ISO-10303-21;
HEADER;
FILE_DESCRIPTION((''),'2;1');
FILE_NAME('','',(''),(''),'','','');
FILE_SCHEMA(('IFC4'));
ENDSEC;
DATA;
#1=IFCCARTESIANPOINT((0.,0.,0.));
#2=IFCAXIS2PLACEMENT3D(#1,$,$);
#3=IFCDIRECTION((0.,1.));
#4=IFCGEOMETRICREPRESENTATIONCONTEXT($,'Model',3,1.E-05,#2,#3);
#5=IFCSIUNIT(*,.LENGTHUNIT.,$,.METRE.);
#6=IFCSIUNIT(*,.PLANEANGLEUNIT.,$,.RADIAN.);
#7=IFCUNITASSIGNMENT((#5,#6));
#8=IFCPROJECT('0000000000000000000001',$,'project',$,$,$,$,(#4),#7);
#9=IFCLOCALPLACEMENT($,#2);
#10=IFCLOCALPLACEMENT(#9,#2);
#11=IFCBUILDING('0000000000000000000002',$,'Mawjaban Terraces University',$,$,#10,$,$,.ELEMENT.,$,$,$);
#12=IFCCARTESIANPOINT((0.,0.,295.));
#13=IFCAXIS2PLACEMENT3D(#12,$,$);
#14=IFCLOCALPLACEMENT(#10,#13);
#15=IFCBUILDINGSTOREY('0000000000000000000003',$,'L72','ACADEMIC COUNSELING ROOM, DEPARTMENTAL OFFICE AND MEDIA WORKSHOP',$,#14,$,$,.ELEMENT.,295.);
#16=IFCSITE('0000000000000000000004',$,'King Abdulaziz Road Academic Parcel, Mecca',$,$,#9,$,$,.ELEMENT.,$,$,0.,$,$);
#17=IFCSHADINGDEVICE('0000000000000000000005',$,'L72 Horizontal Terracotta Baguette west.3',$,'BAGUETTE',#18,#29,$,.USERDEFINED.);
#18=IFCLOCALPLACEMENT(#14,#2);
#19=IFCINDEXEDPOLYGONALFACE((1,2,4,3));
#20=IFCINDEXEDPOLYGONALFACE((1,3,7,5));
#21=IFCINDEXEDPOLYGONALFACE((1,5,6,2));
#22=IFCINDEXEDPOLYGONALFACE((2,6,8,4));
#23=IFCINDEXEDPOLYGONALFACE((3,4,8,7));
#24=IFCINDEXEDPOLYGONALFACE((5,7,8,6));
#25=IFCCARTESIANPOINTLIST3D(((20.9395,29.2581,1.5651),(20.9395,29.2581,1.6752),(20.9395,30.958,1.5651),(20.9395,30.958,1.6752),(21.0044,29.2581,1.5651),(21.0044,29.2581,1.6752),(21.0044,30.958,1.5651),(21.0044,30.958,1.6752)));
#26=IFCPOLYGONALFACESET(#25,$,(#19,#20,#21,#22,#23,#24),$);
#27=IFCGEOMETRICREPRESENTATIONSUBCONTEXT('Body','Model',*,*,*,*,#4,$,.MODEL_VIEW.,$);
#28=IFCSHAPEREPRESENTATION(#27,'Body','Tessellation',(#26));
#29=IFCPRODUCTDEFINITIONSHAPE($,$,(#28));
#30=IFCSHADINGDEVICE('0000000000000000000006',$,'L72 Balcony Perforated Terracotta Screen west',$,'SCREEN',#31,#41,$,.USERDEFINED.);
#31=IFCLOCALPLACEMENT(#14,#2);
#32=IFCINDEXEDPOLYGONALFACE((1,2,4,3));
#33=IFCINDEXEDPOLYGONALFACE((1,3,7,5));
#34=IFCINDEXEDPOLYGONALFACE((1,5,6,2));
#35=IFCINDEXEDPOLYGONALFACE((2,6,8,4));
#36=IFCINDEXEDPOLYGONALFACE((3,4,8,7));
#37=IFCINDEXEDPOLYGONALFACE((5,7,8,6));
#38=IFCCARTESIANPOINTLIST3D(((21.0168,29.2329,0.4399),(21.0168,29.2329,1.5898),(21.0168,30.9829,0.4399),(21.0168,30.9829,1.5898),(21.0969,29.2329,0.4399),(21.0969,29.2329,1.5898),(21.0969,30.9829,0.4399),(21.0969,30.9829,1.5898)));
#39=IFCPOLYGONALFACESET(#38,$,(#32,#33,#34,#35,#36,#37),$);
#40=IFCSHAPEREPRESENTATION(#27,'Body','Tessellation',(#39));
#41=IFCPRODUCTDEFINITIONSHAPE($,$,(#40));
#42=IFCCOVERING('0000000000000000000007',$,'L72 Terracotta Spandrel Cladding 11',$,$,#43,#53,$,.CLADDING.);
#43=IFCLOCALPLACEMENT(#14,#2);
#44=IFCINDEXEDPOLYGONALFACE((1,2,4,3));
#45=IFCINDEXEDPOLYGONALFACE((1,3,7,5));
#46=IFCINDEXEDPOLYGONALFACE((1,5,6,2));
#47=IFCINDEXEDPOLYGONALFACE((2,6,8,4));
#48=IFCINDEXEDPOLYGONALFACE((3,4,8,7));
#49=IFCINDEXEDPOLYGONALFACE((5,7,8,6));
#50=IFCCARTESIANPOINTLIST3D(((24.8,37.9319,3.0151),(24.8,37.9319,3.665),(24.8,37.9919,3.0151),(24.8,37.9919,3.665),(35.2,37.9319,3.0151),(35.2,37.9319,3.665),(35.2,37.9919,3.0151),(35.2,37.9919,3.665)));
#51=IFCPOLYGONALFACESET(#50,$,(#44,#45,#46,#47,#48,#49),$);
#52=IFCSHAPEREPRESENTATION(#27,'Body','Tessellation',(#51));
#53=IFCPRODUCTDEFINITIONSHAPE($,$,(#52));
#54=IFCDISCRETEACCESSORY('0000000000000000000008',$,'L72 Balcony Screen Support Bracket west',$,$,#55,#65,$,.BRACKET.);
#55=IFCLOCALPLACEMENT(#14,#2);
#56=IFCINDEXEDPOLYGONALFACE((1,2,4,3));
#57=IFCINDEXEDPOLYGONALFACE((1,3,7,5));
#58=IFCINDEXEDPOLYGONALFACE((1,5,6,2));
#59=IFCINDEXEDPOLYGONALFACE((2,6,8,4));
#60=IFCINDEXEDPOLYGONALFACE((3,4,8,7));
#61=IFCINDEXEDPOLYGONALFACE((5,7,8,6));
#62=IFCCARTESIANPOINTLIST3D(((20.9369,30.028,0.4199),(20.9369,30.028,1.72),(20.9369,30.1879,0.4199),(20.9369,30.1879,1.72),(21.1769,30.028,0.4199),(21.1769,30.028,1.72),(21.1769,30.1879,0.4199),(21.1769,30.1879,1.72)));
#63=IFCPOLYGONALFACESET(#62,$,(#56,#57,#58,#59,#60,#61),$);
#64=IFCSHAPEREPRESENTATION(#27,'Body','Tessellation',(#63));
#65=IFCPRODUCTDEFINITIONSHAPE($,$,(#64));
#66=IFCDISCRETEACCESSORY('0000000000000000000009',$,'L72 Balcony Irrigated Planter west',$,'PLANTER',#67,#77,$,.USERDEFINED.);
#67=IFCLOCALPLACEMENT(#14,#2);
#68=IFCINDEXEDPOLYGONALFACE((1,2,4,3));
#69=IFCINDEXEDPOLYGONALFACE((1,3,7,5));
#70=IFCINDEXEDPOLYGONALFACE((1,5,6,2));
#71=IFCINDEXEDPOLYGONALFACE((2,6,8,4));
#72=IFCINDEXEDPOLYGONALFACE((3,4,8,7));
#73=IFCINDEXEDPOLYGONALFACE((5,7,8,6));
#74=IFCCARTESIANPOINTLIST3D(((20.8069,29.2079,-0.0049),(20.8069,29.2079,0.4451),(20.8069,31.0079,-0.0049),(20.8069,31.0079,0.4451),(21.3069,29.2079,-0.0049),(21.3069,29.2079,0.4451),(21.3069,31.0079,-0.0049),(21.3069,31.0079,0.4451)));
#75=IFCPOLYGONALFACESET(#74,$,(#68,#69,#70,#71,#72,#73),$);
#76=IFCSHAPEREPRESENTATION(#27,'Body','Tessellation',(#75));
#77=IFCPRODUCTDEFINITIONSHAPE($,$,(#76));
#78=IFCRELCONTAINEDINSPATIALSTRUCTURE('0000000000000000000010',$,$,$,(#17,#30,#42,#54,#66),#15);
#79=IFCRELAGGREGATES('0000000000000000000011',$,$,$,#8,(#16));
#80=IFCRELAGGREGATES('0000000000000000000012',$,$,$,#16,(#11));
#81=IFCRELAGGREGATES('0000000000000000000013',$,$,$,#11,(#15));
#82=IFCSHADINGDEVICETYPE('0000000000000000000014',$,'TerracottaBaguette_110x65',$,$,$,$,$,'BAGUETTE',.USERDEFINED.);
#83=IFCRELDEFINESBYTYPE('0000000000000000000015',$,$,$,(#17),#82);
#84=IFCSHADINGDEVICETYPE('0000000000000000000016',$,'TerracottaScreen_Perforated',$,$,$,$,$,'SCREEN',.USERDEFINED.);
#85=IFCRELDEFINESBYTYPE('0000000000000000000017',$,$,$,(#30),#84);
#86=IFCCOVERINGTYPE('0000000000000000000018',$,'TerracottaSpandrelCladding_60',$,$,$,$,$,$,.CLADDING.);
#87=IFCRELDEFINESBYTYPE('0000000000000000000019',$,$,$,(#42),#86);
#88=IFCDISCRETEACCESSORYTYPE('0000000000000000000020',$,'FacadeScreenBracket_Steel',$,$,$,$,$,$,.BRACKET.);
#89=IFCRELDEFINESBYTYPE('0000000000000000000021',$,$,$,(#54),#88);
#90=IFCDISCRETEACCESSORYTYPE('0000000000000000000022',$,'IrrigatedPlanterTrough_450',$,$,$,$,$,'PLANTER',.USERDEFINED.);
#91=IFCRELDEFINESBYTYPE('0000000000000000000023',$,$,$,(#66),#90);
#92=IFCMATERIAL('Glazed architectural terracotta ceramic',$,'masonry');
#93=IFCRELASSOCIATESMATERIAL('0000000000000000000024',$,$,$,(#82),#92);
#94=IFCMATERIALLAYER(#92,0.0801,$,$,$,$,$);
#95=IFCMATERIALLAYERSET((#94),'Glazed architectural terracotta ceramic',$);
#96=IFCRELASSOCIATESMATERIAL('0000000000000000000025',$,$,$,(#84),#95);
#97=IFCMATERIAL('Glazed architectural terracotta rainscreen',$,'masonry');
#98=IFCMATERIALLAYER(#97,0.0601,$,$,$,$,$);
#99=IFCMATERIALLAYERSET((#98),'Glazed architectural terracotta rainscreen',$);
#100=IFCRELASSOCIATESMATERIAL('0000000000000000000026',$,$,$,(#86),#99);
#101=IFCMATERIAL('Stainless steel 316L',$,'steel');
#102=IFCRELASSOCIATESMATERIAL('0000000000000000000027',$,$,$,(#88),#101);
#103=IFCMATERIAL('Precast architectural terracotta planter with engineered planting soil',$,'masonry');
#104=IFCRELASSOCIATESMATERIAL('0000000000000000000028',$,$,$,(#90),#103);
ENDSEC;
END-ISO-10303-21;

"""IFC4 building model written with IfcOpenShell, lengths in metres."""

from ifc_helpers import new_model, si_unit, direction, frame, origin, origin_2d, place, context, subcontext, project, spatial, rectangle, extrude, material, layer, layer_set, material_profile, profile_set, type_object, element, save


model = new_model("IFC4")

# Units and contexts
model_context = context("Model", 3, precision=1e-05, world=origin(), true_north=direction((0.0, 1.0)))
body_context = subcontext(model_context, "Body", "Model", "MODEL_VIEW")
ifc_project = project(units=[si_unit("LENGTHUNIT", "METRE"), si_unit("PLANEANGLEUNIT", "RADIAN")], contexts=[model_context])

# Site, building, storey
site_placement = place(None, origin())
site = spatial("IfcSite", under=ifc_project, at=site_placement, Name="King Abdulaziz Road Academic Parcel, Mecca", CompositionType="ELEMENT", RefElevation=0.0)
building_placement = place(site_placement, origin())
building = spatial("IfcBuilding", under=site, at=building_placement, Name="Mawjaban Terraces University", CompositionType="ELEMENT")
storey_placement = place(building_placement, frame((0.0, 0.0, 295.0)))
storey = spatial("IfcBuildingStorey", under=building, at=storey_placement, Name="L72", Description="ACADEMIC COUNSELING ROOM, DEPARTMENTAL OFFICE AND MEDIA WORKSHOP", CompositionType="ELEMENT", Elevation=295.0)

# Shading devices
ifc_material_1 = material(Name="Glazed architectural terracotta ceramic", Category="masonry")
ifc_material_profile_1 = material_profile(ifc_material_1, rectangle(XDim=0.0649, YDim=0.1101, at=origin_2d()), Name="TBAG110X65")
ifc_profile_set_1 = profile_set([ifc_material_profile_1], Name="Glazed architectural terracotta ceramic")
shading_device_type_1 = type_object("IfcShadingDeviceType", Name="TerracottaBaguette_110x65", ElementType="BAGUETTE", PredefinedType="USERDEFINED", material=ifc_profile_set_1)
for number, where, z_axis, x_axis, name in (
    (1, (20.9719, 29.2581, 1.6201), (0.0, 1.0, 0.0), (-1.0, 0.0, 0.0), "L72 Horizontal Terracotta Baguette west.3"),
):
    element("IfcShadingDevice", number, at=place(storey_placement, frame(where, z_axis=z_axis, x_axis=x_axis)), inside=storey, type_object=shading_device_type_1, Name=name, ObjectType="BAGUETTE", PredefinedType="USERDEFINED", context=body_context, shape_type="SweptSolid", body=[
        extrude(rectangle(XDim=0.0649, YDim=0.1101, at=origin_2d()), origin(), (0.0, 0.0, 1.0), 1.7),
    ])
ifc_layer_1 = layer(ifc_material_1, 0.0801)
ifc_layer_set_1 = layer_set([ifc_layer_1], Name="Glazed architectural terracotta ceramic")
shading_device_type_2 = type_object("IfcShadingDeviceType", Name="TerracottaScreen_Perforated", ElementType="SCREEN", PredefinedType="USERDEFINED", material=ifc_layer_set_1)
shading_device_placement = place(storey_placement, frame((21.0569, 30.1079, 0.4399), z_axis=(0.0, 0.0, 1.0), x_axis=(0.0, 1.0, 0.0)))
element("IfcShadingDevice", 2, at=shading_device_placement, inside=storey, type_object=shading_device_type_2, Name="L72 Balcony Perforated Terracotta Screen west", ObjectType="SCREEN", PredefinedType="USERDEFINED", context=body_context, shape_type="SweptSolid", body=[
    extrude(rectangle(XDim=1.75, YDim=0.0801, at=origin_2d()), origin(), (0.0, 0.0, 1.0), 1.1499),
])

# Covering
ifc_material_2 = material(Name="Glazed architectural terracotta rainscreen", Category="masonry")
ifc_layer_2 = layer(ifc_material_2, 0.0601)
ifc_layer_set_2 = layer_set([ifc_layer_2], Name="Glazed architectural terracotta rainscreen")
covering_type = type_object("IfcCoveringType", Name="TerracottaSpandrelCladding_60", PredefinedType="CLADDING", material=ifc_layer_set_2)
covering_placement = place(storey_placement, frame((30.0, 37.9619, 3.0151), z_axis=(0.0, 0.0, 1.0), x_axis=(-1.0, 0.0, 0.0)))
element("IfcCovering", 3, at=covering_placement, inside=storey, type_object=covering_type, Name="L72 Terracotta Spandrel Cladding 11", PredefinedType="CLADDING", context=body_context, shape_type="SweptSolid", body=[
    extrude(rectangle(XDim=10.3999, YDim=0.0601, at=origin_2d()), origin(), (0.0, 0.0, 1.0), 0.6499),
])

# Discrete accessories
ifc_material_3 = material(Name="Stainless steel 316L", Category="steel")
discrete_accessory_type_1 = type_object("IfcDiscreteAccessoryType", Name="FacadeScreenBracket_Steel", PredefinedType="BRACKET", material=ifc_material_3)
discrete_accessory_1_placement = place(storey_placement, frame((21.0569, 30.1079, 0.4199), z_axis=(0.0, 0.0, 1.0), x_axis=(0.0, 1.0, 0.0)))
element("IfcDiscreteAccessory", 4, at=discrete_accessory_1_placement, inside=storey, type_object=discrete_accessory_type_1, Name="L72 Balcony Screen Support Bracket west", PredefinedType="BRACKET", context=body_context, shape_type="SweptSolid", body=[
    extrude(rectangle(XDim=0.1599, YDim=0.24, at=origin_2d()), origin(), (0.0, 0.0, 1.0), 1.3),
])
ifc_material_4 = material(Name="Precast architectural terracotta planter with engineered planting soil", Category="masonry")
discrete_accessory_type_2 = type_object("IfcDiscreteAccessoryType", Name="IrrigatedPlanterTrough_450", ElementType="PLANTER", PredefinedType="USERDEFINED", material=ifc_material_4)
discrete_accessory_2_placement = place(storey_placement, frame((21.0569, 30.1079, -0.0049), z_axis=(0.0, 0.0, 1.0), x_axis=(0.0, 1.0, 0.0)))
element("IfcDiscreteAccessory", 5, at=discrete_accessory_2_placement, inside=storey, type_object=discrete_accessory_type_2, Name="L72 Balcony Irrigated Planter west", ObjectType="PLANTER", PredefinedType="USERDEFINED", context=body_context, shape_type="SweptSolid", body=[
    extrude(rectangle(XDim=1.8, YDim=0.5, at=origin_2d()), origin(), (0.0, 0.0, 1.0), 0.45),
])

save(model, "model.ifc")
